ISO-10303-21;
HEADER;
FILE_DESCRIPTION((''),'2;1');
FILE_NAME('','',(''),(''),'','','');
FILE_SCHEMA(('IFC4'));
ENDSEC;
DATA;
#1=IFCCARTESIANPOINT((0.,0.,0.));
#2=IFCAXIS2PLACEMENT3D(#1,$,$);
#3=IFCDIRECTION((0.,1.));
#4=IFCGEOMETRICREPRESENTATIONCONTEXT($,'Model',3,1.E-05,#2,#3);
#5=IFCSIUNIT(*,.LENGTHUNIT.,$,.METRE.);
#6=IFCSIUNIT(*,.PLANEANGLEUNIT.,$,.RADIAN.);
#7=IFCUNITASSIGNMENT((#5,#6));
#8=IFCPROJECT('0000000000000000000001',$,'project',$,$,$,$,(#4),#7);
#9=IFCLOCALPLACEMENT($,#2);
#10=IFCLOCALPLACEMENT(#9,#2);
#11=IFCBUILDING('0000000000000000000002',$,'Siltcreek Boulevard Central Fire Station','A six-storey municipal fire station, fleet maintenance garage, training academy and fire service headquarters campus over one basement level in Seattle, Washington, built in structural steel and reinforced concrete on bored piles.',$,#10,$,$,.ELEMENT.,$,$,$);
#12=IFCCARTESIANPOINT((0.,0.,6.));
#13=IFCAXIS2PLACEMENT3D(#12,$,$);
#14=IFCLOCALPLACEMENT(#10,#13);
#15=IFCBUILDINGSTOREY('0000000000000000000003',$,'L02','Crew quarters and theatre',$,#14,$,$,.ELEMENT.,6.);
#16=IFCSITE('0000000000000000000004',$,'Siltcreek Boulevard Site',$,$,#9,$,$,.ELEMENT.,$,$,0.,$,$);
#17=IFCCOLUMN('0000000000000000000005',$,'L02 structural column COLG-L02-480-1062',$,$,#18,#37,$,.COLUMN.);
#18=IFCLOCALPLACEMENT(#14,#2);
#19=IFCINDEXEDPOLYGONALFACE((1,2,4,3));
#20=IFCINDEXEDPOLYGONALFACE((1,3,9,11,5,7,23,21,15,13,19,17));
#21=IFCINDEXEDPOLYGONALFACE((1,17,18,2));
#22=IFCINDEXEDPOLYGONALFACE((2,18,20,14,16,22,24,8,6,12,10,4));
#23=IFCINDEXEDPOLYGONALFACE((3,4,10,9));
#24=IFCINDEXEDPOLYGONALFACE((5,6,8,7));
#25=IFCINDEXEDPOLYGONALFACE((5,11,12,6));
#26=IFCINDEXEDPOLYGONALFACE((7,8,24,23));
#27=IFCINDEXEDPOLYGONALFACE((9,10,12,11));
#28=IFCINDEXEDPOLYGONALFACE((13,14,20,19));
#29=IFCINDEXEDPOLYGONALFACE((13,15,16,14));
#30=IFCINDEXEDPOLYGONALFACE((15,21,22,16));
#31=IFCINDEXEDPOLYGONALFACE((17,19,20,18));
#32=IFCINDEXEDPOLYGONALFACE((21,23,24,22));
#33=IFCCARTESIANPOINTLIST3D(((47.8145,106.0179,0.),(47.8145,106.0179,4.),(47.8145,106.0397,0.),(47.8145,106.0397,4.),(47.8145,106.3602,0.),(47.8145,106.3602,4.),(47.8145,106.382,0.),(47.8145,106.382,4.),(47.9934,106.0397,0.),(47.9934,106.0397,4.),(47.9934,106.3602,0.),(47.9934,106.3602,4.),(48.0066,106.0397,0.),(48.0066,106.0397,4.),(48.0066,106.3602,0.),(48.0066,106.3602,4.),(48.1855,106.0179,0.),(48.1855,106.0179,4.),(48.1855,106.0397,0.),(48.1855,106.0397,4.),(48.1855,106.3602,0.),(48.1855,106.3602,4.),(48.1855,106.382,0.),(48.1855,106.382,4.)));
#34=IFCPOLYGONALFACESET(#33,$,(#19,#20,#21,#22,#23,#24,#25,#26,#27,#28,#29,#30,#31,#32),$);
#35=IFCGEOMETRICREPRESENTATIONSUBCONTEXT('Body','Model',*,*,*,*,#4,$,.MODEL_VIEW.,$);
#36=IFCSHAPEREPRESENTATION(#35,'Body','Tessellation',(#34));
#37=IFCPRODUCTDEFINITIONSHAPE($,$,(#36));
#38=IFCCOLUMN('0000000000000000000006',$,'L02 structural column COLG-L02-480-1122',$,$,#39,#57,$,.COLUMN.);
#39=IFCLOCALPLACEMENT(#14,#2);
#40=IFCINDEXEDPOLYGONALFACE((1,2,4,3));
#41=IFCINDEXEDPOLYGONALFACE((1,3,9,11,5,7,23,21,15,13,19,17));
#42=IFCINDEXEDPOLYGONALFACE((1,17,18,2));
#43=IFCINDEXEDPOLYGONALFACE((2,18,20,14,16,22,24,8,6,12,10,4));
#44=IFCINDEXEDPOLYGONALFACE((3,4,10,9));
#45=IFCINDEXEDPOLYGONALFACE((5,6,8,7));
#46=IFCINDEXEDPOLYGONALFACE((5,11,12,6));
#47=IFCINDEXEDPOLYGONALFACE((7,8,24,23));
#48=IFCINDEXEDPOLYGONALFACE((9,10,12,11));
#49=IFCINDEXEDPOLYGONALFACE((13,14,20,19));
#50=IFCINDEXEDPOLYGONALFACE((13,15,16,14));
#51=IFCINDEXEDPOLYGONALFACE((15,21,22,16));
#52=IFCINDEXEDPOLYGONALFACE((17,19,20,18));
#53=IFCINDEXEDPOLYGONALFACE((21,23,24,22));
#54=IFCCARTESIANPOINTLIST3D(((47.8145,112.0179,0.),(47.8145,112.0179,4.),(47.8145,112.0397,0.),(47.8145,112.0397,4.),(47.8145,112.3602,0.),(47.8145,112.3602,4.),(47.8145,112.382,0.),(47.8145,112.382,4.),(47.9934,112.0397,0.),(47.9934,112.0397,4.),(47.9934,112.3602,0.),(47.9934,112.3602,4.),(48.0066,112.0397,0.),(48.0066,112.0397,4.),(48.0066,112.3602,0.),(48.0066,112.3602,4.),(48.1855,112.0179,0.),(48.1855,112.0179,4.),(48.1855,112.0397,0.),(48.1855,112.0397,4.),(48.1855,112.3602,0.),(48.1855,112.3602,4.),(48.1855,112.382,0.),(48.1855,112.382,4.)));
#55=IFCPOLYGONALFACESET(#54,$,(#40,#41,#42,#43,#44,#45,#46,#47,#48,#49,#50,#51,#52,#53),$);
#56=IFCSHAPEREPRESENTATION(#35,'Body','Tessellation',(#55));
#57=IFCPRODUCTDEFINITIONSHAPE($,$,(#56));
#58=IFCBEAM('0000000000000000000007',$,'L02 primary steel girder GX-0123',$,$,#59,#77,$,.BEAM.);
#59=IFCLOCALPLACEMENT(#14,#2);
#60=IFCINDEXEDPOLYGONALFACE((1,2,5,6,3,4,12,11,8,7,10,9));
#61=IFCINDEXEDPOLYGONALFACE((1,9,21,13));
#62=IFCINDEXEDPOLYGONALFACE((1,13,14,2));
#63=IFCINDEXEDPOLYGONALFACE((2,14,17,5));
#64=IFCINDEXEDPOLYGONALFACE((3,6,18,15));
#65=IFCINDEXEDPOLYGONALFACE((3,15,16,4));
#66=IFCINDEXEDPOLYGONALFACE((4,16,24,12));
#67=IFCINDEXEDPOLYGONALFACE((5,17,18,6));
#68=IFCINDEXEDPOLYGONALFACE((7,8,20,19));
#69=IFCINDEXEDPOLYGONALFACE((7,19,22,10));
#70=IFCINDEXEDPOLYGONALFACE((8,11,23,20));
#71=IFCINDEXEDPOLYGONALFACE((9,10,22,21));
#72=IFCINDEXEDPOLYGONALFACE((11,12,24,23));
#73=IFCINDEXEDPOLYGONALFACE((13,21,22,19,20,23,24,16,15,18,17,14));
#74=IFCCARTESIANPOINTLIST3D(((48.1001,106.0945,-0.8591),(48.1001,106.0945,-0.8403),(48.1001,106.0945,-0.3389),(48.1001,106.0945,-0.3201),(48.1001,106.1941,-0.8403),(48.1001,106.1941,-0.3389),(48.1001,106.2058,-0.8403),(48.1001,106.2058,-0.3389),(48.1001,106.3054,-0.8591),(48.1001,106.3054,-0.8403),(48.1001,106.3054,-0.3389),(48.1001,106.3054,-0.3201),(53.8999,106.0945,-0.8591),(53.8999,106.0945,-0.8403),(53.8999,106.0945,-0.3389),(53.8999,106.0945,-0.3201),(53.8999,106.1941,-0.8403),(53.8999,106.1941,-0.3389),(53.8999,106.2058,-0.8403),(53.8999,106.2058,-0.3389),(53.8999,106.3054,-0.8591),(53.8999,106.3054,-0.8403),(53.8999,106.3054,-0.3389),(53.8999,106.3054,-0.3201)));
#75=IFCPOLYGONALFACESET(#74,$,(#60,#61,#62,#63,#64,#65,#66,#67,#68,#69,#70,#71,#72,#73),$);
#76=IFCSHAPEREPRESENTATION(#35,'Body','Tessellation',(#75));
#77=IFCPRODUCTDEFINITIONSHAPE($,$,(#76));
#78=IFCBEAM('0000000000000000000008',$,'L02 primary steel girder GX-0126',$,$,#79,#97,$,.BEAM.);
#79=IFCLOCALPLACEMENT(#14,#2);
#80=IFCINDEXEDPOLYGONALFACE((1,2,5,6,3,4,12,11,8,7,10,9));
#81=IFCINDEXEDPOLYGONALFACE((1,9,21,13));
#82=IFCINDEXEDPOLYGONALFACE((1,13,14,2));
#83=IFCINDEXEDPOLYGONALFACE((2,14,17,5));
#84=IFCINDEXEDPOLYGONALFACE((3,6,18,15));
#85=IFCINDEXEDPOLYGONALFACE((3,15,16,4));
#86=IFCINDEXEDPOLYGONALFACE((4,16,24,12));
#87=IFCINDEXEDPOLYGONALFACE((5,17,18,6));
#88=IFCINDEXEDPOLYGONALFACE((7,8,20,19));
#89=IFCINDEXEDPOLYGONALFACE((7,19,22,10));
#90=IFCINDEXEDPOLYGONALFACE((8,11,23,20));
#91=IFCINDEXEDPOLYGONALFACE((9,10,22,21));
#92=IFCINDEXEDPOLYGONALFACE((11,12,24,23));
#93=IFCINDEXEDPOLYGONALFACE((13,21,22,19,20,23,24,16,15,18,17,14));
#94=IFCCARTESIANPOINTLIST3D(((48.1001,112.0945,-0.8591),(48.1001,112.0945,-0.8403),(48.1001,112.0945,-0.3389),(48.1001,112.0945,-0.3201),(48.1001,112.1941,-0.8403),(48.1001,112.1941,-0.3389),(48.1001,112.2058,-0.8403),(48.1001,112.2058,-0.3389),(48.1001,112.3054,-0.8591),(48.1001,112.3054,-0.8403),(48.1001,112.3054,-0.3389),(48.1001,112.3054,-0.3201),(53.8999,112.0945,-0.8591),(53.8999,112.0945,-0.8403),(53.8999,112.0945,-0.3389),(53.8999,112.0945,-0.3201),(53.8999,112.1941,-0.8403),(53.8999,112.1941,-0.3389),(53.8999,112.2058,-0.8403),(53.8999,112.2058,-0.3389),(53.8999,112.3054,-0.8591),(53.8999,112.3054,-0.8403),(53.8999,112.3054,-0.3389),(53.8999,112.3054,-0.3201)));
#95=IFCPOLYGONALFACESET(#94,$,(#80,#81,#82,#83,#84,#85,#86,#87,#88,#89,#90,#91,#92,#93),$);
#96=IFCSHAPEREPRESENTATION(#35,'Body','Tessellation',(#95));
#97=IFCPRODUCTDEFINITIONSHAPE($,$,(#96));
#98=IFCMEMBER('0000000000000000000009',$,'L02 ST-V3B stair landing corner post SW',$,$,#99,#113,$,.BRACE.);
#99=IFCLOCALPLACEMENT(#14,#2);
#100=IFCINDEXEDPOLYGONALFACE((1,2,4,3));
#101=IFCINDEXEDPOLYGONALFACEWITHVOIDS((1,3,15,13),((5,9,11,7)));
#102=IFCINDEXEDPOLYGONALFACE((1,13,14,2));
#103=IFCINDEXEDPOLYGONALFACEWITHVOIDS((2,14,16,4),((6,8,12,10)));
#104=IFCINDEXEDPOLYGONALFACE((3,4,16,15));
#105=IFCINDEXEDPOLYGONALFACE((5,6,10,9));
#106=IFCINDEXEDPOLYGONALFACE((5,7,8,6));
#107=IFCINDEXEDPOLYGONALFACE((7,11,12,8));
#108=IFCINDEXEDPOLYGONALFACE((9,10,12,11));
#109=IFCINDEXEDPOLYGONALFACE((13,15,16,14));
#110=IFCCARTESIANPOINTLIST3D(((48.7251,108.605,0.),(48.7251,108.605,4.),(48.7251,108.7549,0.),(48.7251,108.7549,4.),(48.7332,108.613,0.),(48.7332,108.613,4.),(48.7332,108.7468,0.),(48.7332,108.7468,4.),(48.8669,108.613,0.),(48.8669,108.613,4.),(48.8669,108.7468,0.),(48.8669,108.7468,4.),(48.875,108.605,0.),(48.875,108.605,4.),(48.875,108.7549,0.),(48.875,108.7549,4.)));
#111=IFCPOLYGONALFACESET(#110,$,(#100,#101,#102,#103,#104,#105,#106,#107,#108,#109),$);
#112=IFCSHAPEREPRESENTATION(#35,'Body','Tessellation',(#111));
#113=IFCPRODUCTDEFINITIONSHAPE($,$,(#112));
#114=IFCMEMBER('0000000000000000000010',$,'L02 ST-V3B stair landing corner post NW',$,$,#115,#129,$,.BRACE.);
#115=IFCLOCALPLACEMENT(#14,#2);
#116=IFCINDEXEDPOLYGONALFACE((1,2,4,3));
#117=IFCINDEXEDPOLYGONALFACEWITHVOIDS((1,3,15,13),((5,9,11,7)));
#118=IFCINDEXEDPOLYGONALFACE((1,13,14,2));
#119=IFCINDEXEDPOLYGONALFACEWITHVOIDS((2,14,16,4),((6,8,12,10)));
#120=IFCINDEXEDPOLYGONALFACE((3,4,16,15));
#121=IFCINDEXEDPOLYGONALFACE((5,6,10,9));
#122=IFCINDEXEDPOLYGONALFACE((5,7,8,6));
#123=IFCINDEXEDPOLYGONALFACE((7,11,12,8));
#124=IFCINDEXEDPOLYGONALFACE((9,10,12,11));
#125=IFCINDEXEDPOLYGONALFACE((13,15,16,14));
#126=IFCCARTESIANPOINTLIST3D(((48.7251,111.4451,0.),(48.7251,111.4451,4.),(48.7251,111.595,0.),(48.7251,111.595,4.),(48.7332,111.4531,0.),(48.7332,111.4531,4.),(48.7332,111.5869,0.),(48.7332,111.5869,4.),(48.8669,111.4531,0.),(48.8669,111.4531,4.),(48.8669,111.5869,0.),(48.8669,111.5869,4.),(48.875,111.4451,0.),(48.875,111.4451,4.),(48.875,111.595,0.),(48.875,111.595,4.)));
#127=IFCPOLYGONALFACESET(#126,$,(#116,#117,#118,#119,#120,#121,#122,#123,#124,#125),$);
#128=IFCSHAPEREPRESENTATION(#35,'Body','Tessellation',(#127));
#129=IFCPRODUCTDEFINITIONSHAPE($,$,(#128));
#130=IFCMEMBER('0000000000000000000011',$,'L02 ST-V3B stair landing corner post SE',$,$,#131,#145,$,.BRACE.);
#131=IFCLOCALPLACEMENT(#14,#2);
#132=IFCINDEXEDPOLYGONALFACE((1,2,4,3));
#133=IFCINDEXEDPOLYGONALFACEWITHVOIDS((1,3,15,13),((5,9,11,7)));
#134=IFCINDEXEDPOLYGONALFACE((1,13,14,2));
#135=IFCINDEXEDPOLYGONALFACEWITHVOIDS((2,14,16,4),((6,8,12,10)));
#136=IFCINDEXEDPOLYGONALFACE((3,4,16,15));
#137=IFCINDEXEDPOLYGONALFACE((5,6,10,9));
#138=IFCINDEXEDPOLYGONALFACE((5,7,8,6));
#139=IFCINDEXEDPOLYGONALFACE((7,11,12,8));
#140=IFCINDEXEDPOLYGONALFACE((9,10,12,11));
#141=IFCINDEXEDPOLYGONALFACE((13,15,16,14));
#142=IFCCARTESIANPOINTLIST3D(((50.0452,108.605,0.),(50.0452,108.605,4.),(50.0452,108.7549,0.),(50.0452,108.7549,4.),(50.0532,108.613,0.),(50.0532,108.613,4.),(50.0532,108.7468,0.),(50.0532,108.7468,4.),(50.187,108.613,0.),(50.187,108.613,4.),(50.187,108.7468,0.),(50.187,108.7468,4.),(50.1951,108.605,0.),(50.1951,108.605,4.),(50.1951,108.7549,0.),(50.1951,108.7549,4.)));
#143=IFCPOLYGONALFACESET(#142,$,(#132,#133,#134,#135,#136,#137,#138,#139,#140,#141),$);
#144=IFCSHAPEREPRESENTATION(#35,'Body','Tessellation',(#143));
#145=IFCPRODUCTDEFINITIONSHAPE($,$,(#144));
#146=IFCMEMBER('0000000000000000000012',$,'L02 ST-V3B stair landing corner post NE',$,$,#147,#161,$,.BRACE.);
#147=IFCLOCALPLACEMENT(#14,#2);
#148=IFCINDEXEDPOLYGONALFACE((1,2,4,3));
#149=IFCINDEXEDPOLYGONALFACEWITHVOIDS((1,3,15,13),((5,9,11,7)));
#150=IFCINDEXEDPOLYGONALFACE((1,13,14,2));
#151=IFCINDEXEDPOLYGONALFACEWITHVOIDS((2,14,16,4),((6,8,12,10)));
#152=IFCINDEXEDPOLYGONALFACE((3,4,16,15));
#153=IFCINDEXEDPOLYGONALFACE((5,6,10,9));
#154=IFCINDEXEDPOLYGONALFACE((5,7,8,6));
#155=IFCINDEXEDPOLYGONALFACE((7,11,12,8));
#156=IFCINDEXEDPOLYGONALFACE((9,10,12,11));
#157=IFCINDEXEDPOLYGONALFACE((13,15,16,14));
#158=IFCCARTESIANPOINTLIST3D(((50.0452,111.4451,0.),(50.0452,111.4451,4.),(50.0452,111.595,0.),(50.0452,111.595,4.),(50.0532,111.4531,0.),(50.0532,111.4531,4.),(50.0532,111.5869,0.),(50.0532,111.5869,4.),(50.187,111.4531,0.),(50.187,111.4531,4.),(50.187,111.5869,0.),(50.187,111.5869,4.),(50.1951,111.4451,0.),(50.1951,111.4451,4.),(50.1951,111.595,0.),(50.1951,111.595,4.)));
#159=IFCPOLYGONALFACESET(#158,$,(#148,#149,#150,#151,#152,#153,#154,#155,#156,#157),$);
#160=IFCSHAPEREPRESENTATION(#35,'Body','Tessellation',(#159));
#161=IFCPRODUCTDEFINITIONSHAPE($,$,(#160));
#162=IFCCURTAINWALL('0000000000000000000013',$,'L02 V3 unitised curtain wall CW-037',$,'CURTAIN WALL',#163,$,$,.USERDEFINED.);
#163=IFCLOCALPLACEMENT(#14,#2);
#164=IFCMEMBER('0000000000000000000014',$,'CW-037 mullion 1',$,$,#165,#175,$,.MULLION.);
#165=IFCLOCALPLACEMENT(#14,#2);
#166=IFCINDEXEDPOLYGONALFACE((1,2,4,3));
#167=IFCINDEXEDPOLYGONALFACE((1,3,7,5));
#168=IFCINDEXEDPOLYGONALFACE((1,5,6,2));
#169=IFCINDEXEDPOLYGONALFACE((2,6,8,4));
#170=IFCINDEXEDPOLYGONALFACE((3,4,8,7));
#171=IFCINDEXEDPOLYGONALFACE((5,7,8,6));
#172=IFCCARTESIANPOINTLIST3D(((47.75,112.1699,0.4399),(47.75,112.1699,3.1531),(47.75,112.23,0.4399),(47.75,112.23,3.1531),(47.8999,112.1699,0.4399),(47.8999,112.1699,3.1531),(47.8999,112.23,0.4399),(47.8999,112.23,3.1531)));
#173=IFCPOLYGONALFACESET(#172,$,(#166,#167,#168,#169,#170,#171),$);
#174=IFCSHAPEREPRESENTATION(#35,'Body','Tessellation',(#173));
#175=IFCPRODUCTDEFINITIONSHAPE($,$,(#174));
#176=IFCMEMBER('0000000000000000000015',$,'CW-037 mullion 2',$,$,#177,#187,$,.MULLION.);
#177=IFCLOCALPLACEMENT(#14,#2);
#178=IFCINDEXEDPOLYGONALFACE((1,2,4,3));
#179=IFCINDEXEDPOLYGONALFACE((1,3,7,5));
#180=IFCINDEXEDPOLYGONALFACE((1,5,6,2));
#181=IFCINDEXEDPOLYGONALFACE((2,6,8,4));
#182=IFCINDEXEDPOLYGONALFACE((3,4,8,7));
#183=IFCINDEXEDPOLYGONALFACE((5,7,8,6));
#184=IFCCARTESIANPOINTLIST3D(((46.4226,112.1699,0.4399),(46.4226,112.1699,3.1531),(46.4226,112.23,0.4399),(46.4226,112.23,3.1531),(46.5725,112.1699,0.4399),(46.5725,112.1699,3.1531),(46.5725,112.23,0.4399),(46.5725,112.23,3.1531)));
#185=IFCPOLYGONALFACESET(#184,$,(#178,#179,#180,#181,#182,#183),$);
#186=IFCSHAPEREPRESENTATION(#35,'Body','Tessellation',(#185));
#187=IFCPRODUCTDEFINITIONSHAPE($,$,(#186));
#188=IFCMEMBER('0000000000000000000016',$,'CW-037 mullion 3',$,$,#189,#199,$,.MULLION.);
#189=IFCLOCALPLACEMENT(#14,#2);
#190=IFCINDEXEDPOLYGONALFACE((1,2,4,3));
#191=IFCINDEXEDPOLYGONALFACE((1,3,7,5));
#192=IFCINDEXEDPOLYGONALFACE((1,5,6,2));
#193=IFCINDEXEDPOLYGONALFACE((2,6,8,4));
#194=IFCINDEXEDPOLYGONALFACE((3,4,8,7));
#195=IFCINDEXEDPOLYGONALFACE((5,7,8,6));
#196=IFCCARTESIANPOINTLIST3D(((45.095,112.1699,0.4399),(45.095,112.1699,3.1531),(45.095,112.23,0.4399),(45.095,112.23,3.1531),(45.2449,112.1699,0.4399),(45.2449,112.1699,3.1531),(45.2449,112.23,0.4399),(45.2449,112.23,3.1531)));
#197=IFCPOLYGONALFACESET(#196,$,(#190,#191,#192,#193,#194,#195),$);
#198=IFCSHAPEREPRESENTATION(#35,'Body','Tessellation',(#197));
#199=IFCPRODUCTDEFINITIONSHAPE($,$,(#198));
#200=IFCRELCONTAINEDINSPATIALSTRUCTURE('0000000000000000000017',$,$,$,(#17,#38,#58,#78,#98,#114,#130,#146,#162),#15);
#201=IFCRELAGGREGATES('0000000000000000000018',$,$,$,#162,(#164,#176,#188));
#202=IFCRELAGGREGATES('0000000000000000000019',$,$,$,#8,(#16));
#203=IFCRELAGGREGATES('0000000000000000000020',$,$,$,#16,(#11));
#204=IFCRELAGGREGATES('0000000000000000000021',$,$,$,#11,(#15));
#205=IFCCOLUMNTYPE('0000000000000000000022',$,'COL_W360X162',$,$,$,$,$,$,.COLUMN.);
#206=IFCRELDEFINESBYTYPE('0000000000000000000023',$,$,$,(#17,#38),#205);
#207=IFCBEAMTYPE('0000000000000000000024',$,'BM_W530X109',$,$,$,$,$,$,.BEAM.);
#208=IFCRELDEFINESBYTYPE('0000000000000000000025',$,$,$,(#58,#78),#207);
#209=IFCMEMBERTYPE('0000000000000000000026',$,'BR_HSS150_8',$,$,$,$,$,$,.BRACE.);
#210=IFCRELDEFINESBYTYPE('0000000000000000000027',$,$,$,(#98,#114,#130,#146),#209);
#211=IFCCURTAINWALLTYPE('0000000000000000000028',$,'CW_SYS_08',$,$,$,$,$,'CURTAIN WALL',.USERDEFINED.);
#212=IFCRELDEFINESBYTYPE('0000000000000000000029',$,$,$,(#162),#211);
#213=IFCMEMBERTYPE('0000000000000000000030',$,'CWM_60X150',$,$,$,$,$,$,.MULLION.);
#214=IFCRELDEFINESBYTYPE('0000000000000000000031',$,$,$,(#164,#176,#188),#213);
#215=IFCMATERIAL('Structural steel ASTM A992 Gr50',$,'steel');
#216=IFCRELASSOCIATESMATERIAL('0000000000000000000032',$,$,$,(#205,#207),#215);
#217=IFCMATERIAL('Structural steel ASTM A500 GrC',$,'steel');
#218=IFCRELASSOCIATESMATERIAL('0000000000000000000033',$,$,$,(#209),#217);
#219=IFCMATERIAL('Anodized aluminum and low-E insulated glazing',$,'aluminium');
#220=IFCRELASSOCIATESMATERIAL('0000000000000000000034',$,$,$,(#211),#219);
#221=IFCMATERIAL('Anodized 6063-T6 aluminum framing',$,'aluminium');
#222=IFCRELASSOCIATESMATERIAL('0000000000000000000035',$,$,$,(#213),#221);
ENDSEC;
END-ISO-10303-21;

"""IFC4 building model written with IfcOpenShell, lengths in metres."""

from ifc_helpers import new_model, si_unit, direction, frame, origin, origin_2d, place, context, subcontext, project, spatial, rectangle, hollow_rectangle, i_section, extrude, material, material_profile, profile_set, type_object, element, aggregate, save


model = new_model("IFC4")

# Units and contexts
model_context = context("Model", 3, precision=1e-05, world=origin(), true_north=direction((0.0, 1.0)))
body_context = subcontext(model_context, "Body", "Model", "MODEL_VIEW")
ifc_project = project(units=[si_unit("LENGTHUNIT", "METRE"), si_unit("PLANEANGLEUNIT", "RADIAN")], contexts=[model_context])

# Site, building, storey
site_placement = place(None, origin())
site = spatial("IfcSite", under=ifc_project, at=site_placement, Name="Siltcreek Boulevard Site", CompositionType="ELEMENT", RefElevation=0.0)
building_placement = place(site_placement, origin())
building = spatial("IfcBuilding", under=site, at=building_placement, Name="Siltcreek Boulevard Central Fire Station", Description="A six-storey municipal fire station, fleet maintenance garage, training academy and fire service headquarters campus over one basement level in Seattle, Washington, built in structural steel and reinforced concrete on bored piles.", CompositionType="ELEMENT")
storey_placement = place(building_placement, frame((0.0, 0.0, 6.0)))
storey = spatial("IfcBuildingStorey", under=building, at=storey_placement, Name="L02", Description="Crew quarters and theatre", CompositionType="ELEMENT", Elevation=6.0)

# Columns
ifc_material_1 = material(Name="Structural steel ASTM A992 Gr50", Category="steel")
ifc_material_profile_1 = material_profile(ifc_material_1, i_section(OverallWidth=0.3711, OverallDepth=0.364, WebThickness=0.0132, FlangeThickness=0.0217, at=origin_2d()), Name="W360X162")
ifc_profile_set_1 = profile_set([ifc_material_profile_1], Name="Structural steel ASTM A992 Gr50")
column_type = type_object("IfcColumnType", Name="COL_W360X162", PredefinedType="COLUMN", material=ifc_profile_set_1)
for number, where, z_axis, x_axis, name in (
    (1, (48.0, 106.2, 0.0), (0.0, 0.0, 1.0), (1.0, 0.0, 0.0), "L02 structural column COLG-L02-480-1062"),
    (2, (48.0, 112.2, 0.0), (0.0, 0.0, 1.0), (1.0, 0.0, 0.0), "L02 structural column COLG-L02-480-1122"),
):
    element("IfcColumn", number, at=place(storey_placement, frame(where, z_axis=z_axis, x_axis=x_axis)), inside=storey, type_object=column_type, Name=name, PredefinedType="COLUMN", context=body_context, shape_type="SweptSolid", body=[
        extrude(i_section(OverallWidth=0.3711, OverallDepth=0.364, WebThickness=0.0132, FlangeThickness=0.0217, at=origin_2d()), origin(), (0.0, 0.0, 1.0), 4.0),
    ])

# Beams
ifc_material_profile_2 = material_profile(ifc_material_1, i_section(OverallWidth=0.2109, OverallDepth=0.5391, WebThickness=0.0117, FlangeThickness=0.0188, at=origin_2d()), Name="W530X109")
ifc_profile_set_2 = profile_set([ifc_material_profile_2], Name="Structural steel ASTM A992 Gr50")
beam_type_1 = type_object("IfcBeamType", Name="BM_W530X109", PredefinedType="BEAM", material=ifc_profile_set_2)
for number, where, z_axis, x_axis, name in (
    (3, (48.1001, 106.2, -0.5896), (1.0, 0.0, 0.0), (0.0, 1.0, 0.0), "L02 primary steel girder GX-0123"),
    (4, (48.1001, 112.2, -0.5896), (1.0, 0.0, 0.0), (0.0, 1.0, 0.0), "L02 primary steel girder GX-0126"),
):
    element("IfcBeam", number, at=place(storey_placement, frame(where, z_axis=z_axis, x_axis=x_axis)), inside=storey, type_object=beam_type_1, Name=name, PredefinedType="BEAM", context=body_context, shape_type="SweptSolid", body=[
        extrude(i_section(OverallWidth=0.2109, OverallDepth=0.5391, WebThickness=0.0117, FlangeThickness=0.0188, at=origin_2d()), origin(), (0.0, 0.0, 1.0), 5.7998),
    ])

# Members
ifc_material_2 = material(Name="Structural steel ASTM A500 GrC", Category="steel")
ifc_material_profile_3 = material_profile(ifc_material_2, hollow_rectangle(XDim=0.1499, YDim=0.1499, WallThickness=0.0081, at=origin_2d()), Name="HSS150X150X8.0")
ifc_profile_set_3 = profile_set([ifc_material_profile_3], Name="Structural steel ASTM A500 GrC")
member_type_1 = type_object("IfcMemberType", Name="BR_HSS150_8", PredefinedType="BRACE", material=ifc_profile_set_3)
for number, where, z_axis, x_axis, name in (
    (5, (48.8, 108.6799, 0.0), (0.0, 0.0, 1.0), (1.0, 0.0, 0.0), "L02 ST-V3B stair landing corner post SW"),
    (6, (48.8, 111.52, 0.0), (0.0, 0.0, 1.0), (1.0, 0.0, 0.0), "L02 ST-V3B stair landing corner post NW"),
    (7, (50.1201, 108.6799, 0.0), (0.0, 0.0, 1.0), (1.0, 0.0, 0.0), "L02 ST-V3B stair landing corner post SE"),
    (8, (50.1201, 111.52, 0.0), (0.0, 0.0, 1.0), (1.0, 0.0, 0.0), "L02 ST-V3B stair landing corner post NE"),
):
    element("IfcMember", number, at=place(storey_placement, frame(where, z_axis=z_axis, x_axis=x_axis)), inside=storey, type_object=member_type_1, Name=name, PredefinedType="BRACE", context=body_context, shape_type="SweptSolid", body=[
        extrude(hollow_rectangle(XDim=0.1499, YDim=0.1499, WallThickness=0.0081, at=origin_2d()), origin(), (0.0, 0.0, 1.0), 4.0),
    ])

# Curtain wall, members
ifc_material_3 = material(Name="Anodized aluminum and low-E insulated glazing", Category="aluminium")
curtain_wall_type_1 = type_object("IfcCurtainWallType", Name="CW_SYS_08", ElementType="CURTAIN WALL", PredefinedType="USERDEFINED", material=ifc_material_3)
curtain_wall_1_placement = place(storey_placement, origin())
curtain_wall_1 = element("IfcCurtainWall", 9, at=curtain_wall_1_placement, inside=storey, type_object=curtain_wall_type_1, Name="L02 V3 unitised curtain wall CW-037", ObjectType="CURTAIN WALL", PredefinedType="USERDEFINED")
ifc_material_4 = material(Name="Anodized 6063-T6 aluminum framing", Category="aluminium")
ifc_material_profile_4 = material_profile(ifc_material_4, rectangle(XDim=0.0601, YDim=0.1499, at=origin_2d()), Name="MULL60X150")
ifc_profile_set_4 = profile_set([ifc_material_profile_4], Name="Anodized 6063-T6 aluminum framing")
member_type_2 = type_object("IfcMemberType", Name="CWM_60X150", PredefinedType="MULLION", material=ifc_profile_set_4)
member_1_placement = place(storey_placement, frame((47.825, 112.2, 0.4399), z_axis=(0.0, 0.0, 1.0), x_axis=(0.0, -1.0, 0.0)))
member_1 = element("IfcMember", 10, at=member_1_placement, type_object=member_type_2, Name="CW-037 mullion 1", PredefinedType="MULLION", context=body_context, shape_type="SweptSolid", body=[
    extrude(rectangle(XDim=0.0601, YDim=0.1499, at=origin_2d()), origin(), (0.0, 0.0, 1.0), 2.7131),
])
member_2_placement = place(storey_placement, frame((46.4976, 112.2, 0.4399), z_axis=(0.0, 0.0, 1.0), x_axis=(0.0, -1.0, 0.0)))
member_2 = element("IfcMember", 11, at=member_2_placement, type_object=member_type_2, Name="CW-037 mullion 2", PredefinedType="MULLION", context=body_context, shape_type="SweptSolid", body=[
    extrude(rectangle(XDim=0.0601, YDim=0.1499, at=origin_2d()), origin(), (0.0, 0.0, 1.0), 2.7131),
])
member_3_placement = place(storey_placement, frame((45.1699, 112.2, 0.4399), z_axis=(0.0, 0.0, 1.0), x_axis=(0.0, -1.0, 0.0)))
member_3 = element("IfcMember", 12, at=member_3_placement, type_object=member_type_2, Name="CW-037 mullion 3", PredefinedType="MULLION", context=body_context, shape_type="SweptSolid", body=[
    extrude(rectangle(XDim=0.0601, YDim=0.1499, at=origin_2d()), origin(), (0.0, 0.0, 1.0), 2.7131),
])

aggregate(curtain_wall_1, [member_1, member_2, member_3])

save(model, "model.ifc")
